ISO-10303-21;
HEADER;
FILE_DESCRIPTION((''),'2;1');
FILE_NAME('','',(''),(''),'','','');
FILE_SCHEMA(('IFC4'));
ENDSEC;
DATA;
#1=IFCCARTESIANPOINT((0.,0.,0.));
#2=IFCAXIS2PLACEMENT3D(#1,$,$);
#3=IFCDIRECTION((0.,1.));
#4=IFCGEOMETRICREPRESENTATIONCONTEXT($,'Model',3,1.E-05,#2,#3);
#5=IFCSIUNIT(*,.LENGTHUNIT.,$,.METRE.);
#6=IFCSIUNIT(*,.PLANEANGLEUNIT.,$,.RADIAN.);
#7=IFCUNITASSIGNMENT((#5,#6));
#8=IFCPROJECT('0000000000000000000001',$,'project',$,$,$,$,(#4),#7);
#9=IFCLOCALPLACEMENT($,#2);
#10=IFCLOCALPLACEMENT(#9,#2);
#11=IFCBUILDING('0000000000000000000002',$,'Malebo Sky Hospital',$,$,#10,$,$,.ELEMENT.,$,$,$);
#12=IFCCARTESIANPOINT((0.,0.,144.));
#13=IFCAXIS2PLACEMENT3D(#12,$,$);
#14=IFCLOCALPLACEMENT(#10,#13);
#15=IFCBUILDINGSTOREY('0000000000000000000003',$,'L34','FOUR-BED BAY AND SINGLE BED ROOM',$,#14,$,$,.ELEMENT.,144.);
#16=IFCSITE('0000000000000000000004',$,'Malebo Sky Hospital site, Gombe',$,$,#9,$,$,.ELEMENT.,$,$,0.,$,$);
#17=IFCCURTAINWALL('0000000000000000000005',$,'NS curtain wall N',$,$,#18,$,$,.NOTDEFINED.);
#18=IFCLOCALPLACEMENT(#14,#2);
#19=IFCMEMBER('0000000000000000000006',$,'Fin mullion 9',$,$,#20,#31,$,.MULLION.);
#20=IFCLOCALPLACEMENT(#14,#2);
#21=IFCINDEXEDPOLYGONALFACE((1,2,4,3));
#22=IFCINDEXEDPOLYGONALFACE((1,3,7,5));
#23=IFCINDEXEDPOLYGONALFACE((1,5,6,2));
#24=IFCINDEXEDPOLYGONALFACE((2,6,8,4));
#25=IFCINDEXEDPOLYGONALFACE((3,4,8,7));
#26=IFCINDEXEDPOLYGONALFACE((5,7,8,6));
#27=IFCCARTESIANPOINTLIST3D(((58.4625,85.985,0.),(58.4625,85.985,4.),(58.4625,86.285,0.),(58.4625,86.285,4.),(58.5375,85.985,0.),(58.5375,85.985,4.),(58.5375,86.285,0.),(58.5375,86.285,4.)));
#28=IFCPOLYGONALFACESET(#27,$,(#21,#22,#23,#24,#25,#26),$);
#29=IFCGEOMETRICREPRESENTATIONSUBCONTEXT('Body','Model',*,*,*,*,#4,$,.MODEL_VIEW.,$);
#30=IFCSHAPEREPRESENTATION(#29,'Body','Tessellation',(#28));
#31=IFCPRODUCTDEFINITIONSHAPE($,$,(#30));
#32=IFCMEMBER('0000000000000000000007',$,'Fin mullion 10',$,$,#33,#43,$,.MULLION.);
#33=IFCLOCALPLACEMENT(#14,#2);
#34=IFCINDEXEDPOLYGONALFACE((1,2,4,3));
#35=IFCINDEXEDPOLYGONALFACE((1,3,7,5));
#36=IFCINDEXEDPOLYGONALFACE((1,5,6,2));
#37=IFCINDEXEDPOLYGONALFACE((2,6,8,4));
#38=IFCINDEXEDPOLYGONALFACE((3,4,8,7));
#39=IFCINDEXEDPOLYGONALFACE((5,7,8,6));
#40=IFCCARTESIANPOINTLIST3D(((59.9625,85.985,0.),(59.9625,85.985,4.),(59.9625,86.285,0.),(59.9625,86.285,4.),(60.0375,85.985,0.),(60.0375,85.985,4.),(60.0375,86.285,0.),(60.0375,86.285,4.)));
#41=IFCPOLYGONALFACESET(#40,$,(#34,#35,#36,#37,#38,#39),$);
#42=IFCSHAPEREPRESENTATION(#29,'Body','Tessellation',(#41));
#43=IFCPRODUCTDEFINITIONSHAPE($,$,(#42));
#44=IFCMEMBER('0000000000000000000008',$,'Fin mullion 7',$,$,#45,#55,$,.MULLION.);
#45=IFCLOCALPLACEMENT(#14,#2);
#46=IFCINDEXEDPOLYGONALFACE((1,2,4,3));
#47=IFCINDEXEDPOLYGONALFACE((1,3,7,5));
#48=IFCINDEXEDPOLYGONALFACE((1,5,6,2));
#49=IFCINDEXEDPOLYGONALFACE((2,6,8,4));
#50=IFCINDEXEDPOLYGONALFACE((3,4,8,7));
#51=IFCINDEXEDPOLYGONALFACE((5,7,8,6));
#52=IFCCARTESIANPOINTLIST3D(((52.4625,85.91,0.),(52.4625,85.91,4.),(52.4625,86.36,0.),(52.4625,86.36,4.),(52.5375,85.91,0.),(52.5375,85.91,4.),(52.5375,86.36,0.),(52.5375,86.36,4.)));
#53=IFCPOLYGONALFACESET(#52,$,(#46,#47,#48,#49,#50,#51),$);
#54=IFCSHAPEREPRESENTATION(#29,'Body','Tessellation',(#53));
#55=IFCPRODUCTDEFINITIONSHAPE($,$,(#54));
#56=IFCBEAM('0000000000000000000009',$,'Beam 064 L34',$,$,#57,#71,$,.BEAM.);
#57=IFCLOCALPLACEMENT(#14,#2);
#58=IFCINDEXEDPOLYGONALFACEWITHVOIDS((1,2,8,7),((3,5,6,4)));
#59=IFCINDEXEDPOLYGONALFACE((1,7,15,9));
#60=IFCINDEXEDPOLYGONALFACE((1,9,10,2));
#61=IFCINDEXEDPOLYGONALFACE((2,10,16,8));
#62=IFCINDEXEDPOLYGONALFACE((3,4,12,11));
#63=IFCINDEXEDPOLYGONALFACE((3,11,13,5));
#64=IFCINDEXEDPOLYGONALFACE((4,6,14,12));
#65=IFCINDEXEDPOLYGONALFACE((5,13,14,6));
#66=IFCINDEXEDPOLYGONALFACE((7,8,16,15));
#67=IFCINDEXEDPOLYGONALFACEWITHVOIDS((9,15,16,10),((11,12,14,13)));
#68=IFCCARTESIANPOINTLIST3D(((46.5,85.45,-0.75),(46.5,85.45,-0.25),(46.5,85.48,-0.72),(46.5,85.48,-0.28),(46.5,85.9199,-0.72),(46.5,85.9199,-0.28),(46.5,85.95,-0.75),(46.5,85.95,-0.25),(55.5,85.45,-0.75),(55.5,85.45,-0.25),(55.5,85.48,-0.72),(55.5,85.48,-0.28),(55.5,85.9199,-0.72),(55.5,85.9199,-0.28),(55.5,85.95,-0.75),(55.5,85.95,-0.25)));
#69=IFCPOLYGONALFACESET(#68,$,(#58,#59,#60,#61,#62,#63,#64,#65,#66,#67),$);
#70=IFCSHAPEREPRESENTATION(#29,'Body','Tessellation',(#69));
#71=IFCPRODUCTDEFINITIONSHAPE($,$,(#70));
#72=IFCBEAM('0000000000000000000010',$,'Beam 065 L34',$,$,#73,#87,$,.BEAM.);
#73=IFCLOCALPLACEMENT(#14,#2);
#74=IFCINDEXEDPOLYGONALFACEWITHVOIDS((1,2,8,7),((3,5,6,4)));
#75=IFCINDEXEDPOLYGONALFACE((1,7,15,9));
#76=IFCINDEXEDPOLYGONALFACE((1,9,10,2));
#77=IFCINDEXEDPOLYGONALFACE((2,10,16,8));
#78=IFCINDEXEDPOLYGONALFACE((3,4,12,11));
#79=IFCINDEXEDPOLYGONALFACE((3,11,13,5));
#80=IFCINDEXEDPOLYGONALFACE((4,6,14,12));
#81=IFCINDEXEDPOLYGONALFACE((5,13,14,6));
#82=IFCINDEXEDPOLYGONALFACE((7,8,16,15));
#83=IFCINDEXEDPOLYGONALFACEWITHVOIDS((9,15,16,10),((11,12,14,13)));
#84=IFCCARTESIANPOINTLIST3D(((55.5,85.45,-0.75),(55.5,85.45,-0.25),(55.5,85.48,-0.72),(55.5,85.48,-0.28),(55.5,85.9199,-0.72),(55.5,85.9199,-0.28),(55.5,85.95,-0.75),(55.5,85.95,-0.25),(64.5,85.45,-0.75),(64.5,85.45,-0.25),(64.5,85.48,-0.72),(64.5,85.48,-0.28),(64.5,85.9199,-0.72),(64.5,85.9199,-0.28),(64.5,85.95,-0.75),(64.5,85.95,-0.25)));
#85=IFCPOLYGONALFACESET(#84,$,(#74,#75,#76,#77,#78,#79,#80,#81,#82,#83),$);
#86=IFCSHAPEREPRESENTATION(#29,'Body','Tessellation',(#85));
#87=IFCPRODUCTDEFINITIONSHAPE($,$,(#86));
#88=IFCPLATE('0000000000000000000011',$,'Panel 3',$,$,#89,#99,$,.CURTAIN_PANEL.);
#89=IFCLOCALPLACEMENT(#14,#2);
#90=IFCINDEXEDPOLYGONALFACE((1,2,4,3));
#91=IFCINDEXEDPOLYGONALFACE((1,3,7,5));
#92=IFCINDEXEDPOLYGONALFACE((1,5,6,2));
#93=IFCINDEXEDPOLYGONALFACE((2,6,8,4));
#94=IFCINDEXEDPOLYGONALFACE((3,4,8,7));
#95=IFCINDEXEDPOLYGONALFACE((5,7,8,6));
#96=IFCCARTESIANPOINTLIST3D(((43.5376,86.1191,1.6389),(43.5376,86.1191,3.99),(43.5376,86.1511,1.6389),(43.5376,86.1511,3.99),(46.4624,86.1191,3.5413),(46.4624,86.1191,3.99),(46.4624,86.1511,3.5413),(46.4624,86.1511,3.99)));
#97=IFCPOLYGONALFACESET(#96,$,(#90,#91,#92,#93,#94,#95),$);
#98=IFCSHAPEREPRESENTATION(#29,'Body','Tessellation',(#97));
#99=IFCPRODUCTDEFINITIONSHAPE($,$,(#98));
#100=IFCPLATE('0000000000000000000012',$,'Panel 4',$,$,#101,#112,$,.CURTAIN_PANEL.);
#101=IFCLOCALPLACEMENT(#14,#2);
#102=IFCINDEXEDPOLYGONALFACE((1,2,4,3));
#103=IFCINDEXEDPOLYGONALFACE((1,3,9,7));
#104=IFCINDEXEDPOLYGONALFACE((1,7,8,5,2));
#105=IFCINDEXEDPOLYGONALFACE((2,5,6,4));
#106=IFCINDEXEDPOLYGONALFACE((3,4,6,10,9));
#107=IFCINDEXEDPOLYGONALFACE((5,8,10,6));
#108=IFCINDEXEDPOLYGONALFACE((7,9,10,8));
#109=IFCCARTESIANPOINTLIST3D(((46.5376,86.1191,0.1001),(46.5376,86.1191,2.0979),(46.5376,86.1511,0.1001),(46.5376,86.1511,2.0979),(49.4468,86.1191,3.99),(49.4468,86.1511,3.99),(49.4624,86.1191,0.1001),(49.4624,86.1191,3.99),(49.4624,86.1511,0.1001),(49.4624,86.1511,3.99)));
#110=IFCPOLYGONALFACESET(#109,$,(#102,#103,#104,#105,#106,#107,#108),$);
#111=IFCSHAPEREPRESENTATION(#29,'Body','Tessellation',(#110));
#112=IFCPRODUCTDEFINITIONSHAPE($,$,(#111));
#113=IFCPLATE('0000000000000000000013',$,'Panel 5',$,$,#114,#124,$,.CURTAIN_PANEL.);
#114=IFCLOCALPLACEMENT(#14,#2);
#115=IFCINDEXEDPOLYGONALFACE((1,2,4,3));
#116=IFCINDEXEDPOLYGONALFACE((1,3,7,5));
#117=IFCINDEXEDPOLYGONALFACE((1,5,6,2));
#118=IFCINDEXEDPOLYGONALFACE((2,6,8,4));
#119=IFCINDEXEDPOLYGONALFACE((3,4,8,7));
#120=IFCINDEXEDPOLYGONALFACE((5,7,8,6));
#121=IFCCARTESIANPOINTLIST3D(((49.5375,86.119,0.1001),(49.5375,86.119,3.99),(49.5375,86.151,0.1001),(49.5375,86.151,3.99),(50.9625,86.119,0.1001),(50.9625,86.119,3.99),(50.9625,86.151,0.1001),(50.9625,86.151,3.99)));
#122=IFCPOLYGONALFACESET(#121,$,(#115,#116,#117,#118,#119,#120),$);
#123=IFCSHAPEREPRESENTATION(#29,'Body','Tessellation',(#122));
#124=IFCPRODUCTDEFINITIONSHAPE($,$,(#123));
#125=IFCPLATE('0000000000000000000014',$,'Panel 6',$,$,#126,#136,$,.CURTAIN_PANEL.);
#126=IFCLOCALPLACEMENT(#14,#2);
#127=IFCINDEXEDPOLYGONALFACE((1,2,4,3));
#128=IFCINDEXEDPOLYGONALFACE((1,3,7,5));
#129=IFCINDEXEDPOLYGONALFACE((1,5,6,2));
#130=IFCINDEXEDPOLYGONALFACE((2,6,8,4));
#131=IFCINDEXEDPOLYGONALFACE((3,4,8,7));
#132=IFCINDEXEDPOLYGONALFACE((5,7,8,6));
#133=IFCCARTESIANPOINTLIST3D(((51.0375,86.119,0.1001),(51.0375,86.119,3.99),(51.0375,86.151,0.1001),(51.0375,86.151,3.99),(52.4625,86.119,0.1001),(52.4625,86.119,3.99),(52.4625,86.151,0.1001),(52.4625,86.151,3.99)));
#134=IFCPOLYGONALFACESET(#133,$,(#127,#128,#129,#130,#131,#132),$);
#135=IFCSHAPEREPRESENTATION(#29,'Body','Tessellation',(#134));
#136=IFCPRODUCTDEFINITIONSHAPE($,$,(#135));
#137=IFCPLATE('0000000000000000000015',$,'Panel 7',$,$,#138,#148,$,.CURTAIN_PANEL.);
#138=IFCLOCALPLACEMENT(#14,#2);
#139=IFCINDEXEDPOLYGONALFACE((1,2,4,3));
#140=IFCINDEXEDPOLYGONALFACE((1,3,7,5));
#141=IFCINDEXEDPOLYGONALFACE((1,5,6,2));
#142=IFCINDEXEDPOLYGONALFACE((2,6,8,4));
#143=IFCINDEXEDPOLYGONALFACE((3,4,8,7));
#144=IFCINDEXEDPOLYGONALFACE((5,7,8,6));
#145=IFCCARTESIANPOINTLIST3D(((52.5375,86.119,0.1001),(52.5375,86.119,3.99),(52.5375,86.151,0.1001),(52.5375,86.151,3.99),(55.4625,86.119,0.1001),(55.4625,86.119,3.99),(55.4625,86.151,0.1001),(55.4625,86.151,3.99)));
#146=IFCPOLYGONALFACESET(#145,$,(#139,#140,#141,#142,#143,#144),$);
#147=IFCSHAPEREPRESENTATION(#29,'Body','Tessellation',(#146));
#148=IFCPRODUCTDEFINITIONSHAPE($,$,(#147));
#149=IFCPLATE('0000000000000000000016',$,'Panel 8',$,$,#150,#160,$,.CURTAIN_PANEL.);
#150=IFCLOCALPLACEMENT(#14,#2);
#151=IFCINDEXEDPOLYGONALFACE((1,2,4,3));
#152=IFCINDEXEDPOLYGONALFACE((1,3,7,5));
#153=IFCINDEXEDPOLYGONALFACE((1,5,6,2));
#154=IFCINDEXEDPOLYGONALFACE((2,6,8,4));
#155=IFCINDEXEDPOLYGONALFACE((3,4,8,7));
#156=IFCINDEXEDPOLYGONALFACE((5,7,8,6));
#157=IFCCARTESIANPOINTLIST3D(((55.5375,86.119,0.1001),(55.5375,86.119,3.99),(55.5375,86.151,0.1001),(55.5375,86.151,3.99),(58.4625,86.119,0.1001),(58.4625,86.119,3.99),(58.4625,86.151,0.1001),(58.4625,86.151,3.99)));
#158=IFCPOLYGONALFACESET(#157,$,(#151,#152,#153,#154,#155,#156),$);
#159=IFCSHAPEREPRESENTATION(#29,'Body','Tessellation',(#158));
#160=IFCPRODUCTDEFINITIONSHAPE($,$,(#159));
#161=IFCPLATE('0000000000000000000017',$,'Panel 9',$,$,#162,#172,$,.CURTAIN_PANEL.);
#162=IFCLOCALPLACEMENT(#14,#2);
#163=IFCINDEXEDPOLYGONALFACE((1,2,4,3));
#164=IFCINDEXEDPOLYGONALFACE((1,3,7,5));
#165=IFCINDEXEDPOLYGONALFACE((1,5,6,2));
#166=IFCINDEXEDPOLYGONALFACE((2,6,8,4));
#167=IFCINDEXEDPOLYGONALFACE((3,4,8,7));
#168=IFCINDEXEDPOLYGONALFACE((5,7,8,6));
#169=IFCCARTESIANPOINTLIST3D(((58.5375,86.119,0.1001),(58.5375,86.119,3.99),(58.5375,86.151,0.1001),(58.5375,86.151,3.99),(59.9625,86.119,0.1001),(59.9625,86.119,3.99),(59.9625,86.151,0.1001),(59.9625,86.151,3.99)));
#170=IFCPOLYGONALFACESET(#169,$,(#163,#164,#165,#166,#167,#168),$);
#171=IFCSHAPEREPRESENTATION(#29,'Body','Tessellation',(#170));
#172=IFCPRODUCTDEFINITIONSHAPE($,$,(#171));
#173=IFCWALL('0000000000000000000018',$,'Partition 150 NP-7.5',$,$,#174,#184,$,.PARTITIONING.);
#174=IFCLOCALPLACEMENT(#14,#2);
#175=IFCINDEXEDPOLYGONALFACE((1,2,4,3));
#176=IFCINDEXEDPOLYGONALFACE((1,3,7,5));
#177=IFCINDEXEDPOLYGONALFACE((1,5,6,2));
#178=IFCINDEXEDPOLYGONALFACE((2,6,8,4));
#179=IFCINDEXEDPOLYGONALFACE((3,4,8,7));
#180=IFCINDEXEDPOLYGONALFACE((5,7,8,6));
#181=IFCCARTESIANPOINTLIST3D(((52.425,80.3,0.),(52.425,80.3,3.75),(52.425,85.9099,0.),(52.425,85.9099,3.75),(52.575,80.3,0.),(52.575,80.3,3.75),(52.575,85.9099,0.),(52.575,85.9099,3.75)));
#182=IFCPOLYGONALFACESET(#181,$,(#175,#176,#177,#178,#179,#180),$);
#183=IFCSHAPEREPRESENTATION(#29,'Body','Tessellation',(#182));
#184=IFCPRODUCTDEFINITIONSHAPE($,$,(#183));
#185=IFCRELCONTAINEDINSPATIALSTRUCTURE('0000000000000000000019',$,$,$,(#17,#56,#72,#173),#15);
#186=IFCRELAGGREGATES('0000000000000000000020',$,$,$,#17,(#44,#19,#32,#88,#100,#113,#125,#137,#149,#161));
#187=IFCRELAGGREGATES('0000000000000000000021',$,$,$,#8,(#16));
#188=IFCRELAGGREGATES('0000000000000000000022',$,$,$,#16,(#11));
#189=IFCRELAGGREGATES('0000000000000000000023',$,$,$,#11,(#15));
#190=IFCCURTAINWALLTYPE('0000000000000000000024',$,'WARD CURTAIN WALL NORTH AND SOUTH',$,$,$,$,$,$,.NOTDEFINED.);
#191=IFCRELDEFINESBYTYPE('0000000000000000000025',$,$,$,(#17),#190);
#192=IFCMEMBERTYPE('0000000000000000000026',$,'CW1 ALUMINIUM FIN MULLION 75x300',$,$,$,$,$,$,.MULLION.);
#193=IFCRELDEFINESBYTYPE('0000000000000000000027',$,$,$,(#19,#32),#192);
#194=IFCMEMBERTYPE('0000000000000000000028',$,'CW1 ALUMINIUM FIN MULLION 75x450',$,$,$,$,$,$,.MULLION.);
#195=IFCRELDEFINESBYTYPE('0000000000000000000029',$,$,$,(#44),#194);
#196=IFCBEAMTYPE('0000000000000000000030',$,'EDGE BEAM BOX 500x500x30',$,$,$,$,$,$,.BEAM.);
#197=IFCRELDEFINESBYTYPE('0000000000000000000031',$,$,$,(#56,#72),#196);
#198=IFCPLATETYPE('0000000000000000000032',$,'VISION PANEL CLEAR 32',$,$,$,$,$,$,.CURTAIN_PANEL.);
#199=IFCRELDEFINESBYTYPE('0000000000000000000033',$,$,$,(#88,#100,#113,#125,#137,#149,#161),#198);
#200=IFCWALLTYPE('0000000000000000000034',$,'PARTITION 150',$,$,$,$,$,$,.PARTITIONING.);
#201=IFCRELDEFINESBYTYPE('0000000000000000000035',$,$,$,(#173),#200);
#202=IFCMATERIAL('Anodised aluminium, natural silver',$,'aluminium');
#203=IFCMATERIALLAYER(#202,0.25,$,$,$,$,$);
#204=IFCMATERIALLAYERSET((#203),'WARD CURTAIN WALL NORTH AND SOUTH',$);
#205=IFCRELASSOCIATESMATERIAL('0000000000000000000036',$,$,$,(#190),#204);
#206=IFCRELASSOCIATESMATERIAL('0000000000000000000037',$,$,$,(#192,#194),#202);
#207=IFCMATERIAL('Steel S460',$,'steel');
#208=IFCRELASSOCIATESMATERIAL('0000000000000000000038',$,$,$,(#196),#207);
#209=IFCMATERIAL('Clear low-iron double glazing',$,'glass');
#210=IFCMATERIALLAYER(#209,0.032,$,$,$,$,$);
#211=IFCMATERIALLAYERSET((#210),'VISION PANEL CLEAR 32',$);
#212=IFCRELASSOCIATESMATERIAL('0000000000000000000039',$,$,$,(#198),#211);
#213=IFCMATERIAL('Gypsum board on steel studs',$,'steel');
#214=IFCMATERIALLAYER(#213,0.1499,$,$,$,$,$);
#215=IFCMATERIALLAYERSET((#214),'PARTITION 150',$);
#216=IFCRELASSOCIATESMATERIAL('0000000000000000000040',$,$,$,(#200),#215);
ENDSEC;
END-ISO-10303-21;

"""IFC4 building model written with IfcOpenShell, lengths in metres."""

from ifc_helpers import new_model, si_unit, direction, frame, frame_2d, origin, origin_2d, place, context, subcontext, project, spatial, polyline, rectangle, hollow_rectangle, outline, extrude, material, layer, layer_set, material_profile, profile_set, type_object, element, aggregate, save


model = new_model("IFC4")

# Units and contexts
model_context = context("Model", 3, precision=1e-05, world=origin(), true_north=direction((0.0, 1.0)))
body_context = subcontext(model_context, "Body", "Model", "MODEL_VIEW")
ifc_project = project(units=[si_unit("LENGTHUNIT", "METRE"), si_unit("PLANEANGLEUNIT", "RADIAN")], contexts=[model_context])

# Site, building, storey
site_placement = place(None, origin())
site = spatial("IfcSite", under=ifc_project, at=site_placement, Name="Malebo Sky Hospital site, Gombe", CompositionType="ELEMENT", RefElevation=0.0)
building_placement = place(site_placement, origin())
building = spatial("IfcBuilding", under=site, at=building_placement, Name="Malebo Sky Hospital", CompositionType="ELEMENT")
storey_placement = place(building_placement, frame((0.0, 0.0, 144.0)))
storey = spatial("IfcBuildingStorey", under=building, at=storey_placement, Name="L34", Description="FOUR-BED BAY AND SINGLE BED ROOM", CompositionType="ELEMENT", Elevation=144.0)

# Shared definitions
ifc_material_1 = material(Name="Steel S460", Category="steel")

# Curtain wall, members
ifc_material_2 = material(Name="Anodised aluminium, natural silver", Category="aluminium")
ifc_layer_1 = layer(ifc_material_2, 0.25)
ifc_layer_set_1 = layer_set([ifc_layer_1], Name="WARD CURTAIN WALL NORTH AND SOUTH")
curtain_wall_type = type_object("IfcCurtainWallType", Name="WARD CURTAIN WALL NORTH AND SOUTH", PredefinedType="NOTDEFINED", material=ifc_layer_set_1)
curtain_wall_placement = place(storey_placement, origin())
curtain_wall = element("IfcCurtainWall", 1, at=curtain_wall_placement, inside=storey, type_object=curtain_wall_type, Name="NS curtain wall N", PredefinedType="NOTDEFINED")
ifc_material_profile_1 = material_profile(ifc_material_2, rectangle(XDim=0.075, YDim=0.3, at=origin_2d()), Name="CW1 ALUMINIUM FIN MULLION 75x300")
ifc_profile_set_1 = profile_set([ifc_material_profile_1], Name="Anodised aluminium, natural silver")
member_type_1 = type_object("IfcMemberType", Name="CW1 ALUMINIUM FIN MULLION 75x300", PredefinedType="MULLION", material=ifc_profile_set_1)
member_1_placement = place(storey_placement, frame((58.5, 86.135, 0.0), z_axis=(0.0, 0.0, 1.0), x_axis=(1.0, 0.0, 0.0)))
member_1 = element("IfcMember", 2, at=member_1_placement, type_object=member_type_1, Name="Fin mullion 9", PredefinedType="MULLION", context=body_context, shape_type="SweptSolid", body=[
    extrude(rectangle(XDim=0.075, YDim=0.3, at=origin_2d()), origin(), (0.0, 0.0, 1.0), 4.0),
])
member_2_placement = place(storey_placement, frame((60.0, 86.135, 0.0), z_axis=(0.0, 0.0, 1.0), x_axis=(1.0, 0.0, 0.0)))
member_2 = element("IfcMember", 3, at=member_2_placement, type_object=member_type_1, Name="Fin mullion 10", PredefinedType="MULLION", context=body_context, shape_type="SweptSolid", body=[
    extrude(rectangle(XDim=0.075, YDim=0.3, at=origin_2d()), origin(), (0.0, 0.0, 1.0), 4.0),
])
ifc_material_profile_2 = material_profile(ifc_material_2, rectangle(XDim=0.075, YDim=0.45, at=origin_2d()), Name="CW1 ALUMINIUM FIN MULLION 75x450")
ifc_profile_set_2 = profile_set([ifc_material_profile_2], Name="Anodised aluminium, natural silver")
member_type_2 = type_object("IfcMemberType", Name="CW1 ALUMINIUM FIN MULLION 75x450", PredefinedType="MULLION", material=ifc_profile_set_2)
member_3_placement = place(storey_placement, frame((52.5, 86.135, 0.0), z_axis=(0.0, 0.0, 1.0), x_axis=(1.0, 0.0, 0.0)))
member_3 = element("IfcMember", 4, at=member_3_placement, type_object=member_type_2, Name="Fin mullion 7", PredefinedType="MULLION", context=body_context, shape_type="SweptSolid", body=[
    extrude(rectangle(XDim=0.075, YDim=0.45, at=origin_2d()), origin(), (0.0, 0.0, 1.0), 4.0),
])

# Beams
ifc_material_profile_3 = material_profile(ifc_material_1, hollow_rectangle(XDim=0.5, YDim=0.5, WallThickness=0.03, at=origin_2d()), Name="BOX 500x500x30")
ifc_profile_set_3 = profile_set([ifc_material_profile_3], Name="Steel S460")
beam_type = type_object("IfcBeamType", Name="EDGE BEAM BOX 500x500x30", PredefinedType="BEAM", material=ifc_profile_set_3)
for number, where, z_axis, x_axis, name in (
    (5, (46.5, 85.7, -0.5), (1.0, 0.0, 0.0), (0.0, 1.0, 0.0), "Beam 064 L34"),
    (6, (55.5, 85.7, -0.5), (1.0, 0.0, 0.0), (0.0, 1.0, 0.0), "Beam 065 L34"),
):
    element("IfcBeam", number, at=place(storey_placement, frame(where, z_axis=z_axis, x_axis=x_axis)), inside=storey, type_object=beam_type, Name=name, PredefinedType="BEAM", context=body_context, shape_type="SweptSolid", body=[
        extrude(hollow_rectangle(XDim=0.5, YDim=0.5, WallThickness=0.03, at=origin_2d()), origin(), (0.0, 0.0, 1.0), 9.0),
    ])

# Plates
ifc_material_3 = material(Name="Clear low-iron double glazing", Category="glass")
ifc_layer_2 = layer(ifc_material_3, 0.032)
ifc_layer_set_2 = layer_set([ifc_layer_2], Name="VISION PANEL CLEAR 32")
plate_type = type_object("IfcPlateType", Name="VISION PANEL CLEAR 32", PredefinedType="CURTAIN_PANEL", material=ifc_layer_set_2)
plate_1_placement = place(storey_placement, frame((45.0, 86.135, 1.6389), z_axis=(0.0, 0.0, 1.0), x_axis=(1.0, 0.0, 0.0)))
plate_1 = element("IfcPlate", 7, at=plate_1_placement, type_object=plate_type, Name="Panel 3", PredefinedType="CURTAIN_PANEL", context=body_context, shape_type="SweptSolid", body=[
    extrude(outline(polyline([(-1.4624, 0.0), (1.4624, 1.9023), (1.4624, 2.3511), (-1.4624, 2.3511), (-1.4624, 0.0)])), frame((0.0, 0.0161, 0.0), z_axis=(0.0, -1.0, 0.0), x_axis=(1.0, 0.0, 0.0)), (0.0, 0.0, 1.0), 0.032),
])
plate_2_placement = place(storey_placement, frame((48.0, 86.135, 0.1001), z_axis=(0.0, 0.0, 1.0), x_axis=(1.0, 0.0, 0.0)))
plate_2 = element("IfcPlate", 8, at=plate_2_placement, type_object=plate_type, Name="Panel 4", PredefinedType="CURTAIN_PANEL", context=body_context, shape_type="SweptSolid", body=[
    extrude(outline(polyline([(-1.4624, 0.0), (1.4624, 0.0), (1.4624, 3.8899), (1.4468, 3.8899), (-1.4624, 1.9978), (-1.4624, 0.0)])), frame((0.0, 0.0161, 0.0), z_axis=(0.0, -1.0, 0.0), x_axis=(1.0, 0.0, 0.0)), (0.0, 0.0, 1.0), 0.032),
])
plate_3_placement = place(storey_placement, frame((50.25, 86.135, 0.1001), z_axis=(0.0, 0.0, 1.0), x_axis=(1.0, 0.0, 0.0)))
plate_3 = element("IfcPlate", 9, at=plate_3_placement, type_object=plate_type, Name="Panel 5", PredefinedType="CURTAIN_PANEL", context=body_context, shape_type="SweptSolid", body=[
    extrude(rectangle(XDim=1.425, YDim=0.032, at=origin_2d()), origin(), (0.0, 0.0, 1.0), 3.8899),
])
plate_4_placement = place(storey_placement, frame((51.75, 86.135, 0.1001), z_axis=(0.0, 0.0, 1.0), x_axis=(1.0, 0.0, 0.0)))
plate_4 = element("IfcPlate", 10, at=plate_4_placement, type_object=plate_type, Name="Panel 6", PredefinedType="CURTAIN_PANEL", context=body_context, shape_type="SweptSolid", body=[
    extrude(rectangle(XDim=1.425, YDim=0.032, at=origin_2d()), origin(), (0.0, 0.0, 1.0), 3.8899),
])
plate_5_placement = place(storey_placement, frame((54.0, 86.135, 0.1001), z_axis=(0.0, 0.0, 1.0), x_axis=(1.0, 0.0, 0.0)))
plate_5 = element("IfcPlate", 11, at=plate_5_placement, type_object=plate_type, Name="Panel 7", PredefinedType="CURTAIN_PANEL", context=body_context, shape_type="SweptSolid", body=[
    extrude(rectangle(XDim=2.925, YDim=0.032, at=origin_2d()), origin(), (0.0, 0.0, 1.0), 3.8899),
])
plate_6_placement = place(storey_placement, frame((57.0, 86.135, 0.1001), z_axis=(0.0, 0.0, 1.0), x_axis=(1.0, 0.0, 0.0)))
plate_6 = element("IfcPlate", 12, at=plate_6_placement, type_object=plate_type, Name="Panel 8", PredefinedType="CURTAIN_PANEL", context=body_context, shape_type="SweptSolid", body=[
    extrude(rectangle(XDim=2.925, YDim=0.032, at=origin_2d()), origin(), (0.0, 0.0, 1.0), 3.8899),
])
plate_7_placement = place(storey_placement, frame((59.25, 86.135, 0.1001), z_axis=(0.0, 0.0, 1.0), x_axis=(1.0, 0.0, 0.0)))
plate_7 = element("IfcPlate", 13, at=plate_7_placement, type_object=plate_type, Name="Panel 9", PredefinedType="CURTAIN_PANEL", context=body_context, shape_type="SweptSolid", body=[
    extrude(rectangle(XDim=1.425, YDim=0.032, at=origin_2d()), origin(), (0.0, 0.0, 1.0), 3.8899),
])
aggregate(curtain_wall, [member_3, member_1, member_2, plate_1, plate_2, plate_3, plate_4, plate_5, plate_6, plate_7])

# Wall
ifc_material_4 = material(Name="Gypsum board on steel studs", Category="steel")
ifc_layer_3 = layer(ifc_material_4, 0.1499)
ifc_layer_set_3 = layer_set([ifc_layer_3], Name="PARTITION 150")
wall_type = type_object("IfcWallType", Name="PARTITION 150", PredefinedType="PARTITIONING", material=ifc_layer_set_3)
wall_1_placement = place(storey_placement, frame((52.5, 80.3, 0.0), z_axis=(0.0, 0.0, 1.0), x_axis=(0.0, 1.0, 0.0)))
element("IfcWall", 14, at=wall_1_placement, inside=storey, type_object=wall_type, Name="Partition 150 NP-7.5", PredefinedType="PARTITIONING", context=body_context, shape_type="SweptSolid", body=[
    extrude(rectangle(XDim=5.6099, YDim=0.1499, at=frame_2d((2.8049, 0.0))), origin(), (0.0, 0.0, 1.0), 3.75),
])

save(model, "model.ifc")
